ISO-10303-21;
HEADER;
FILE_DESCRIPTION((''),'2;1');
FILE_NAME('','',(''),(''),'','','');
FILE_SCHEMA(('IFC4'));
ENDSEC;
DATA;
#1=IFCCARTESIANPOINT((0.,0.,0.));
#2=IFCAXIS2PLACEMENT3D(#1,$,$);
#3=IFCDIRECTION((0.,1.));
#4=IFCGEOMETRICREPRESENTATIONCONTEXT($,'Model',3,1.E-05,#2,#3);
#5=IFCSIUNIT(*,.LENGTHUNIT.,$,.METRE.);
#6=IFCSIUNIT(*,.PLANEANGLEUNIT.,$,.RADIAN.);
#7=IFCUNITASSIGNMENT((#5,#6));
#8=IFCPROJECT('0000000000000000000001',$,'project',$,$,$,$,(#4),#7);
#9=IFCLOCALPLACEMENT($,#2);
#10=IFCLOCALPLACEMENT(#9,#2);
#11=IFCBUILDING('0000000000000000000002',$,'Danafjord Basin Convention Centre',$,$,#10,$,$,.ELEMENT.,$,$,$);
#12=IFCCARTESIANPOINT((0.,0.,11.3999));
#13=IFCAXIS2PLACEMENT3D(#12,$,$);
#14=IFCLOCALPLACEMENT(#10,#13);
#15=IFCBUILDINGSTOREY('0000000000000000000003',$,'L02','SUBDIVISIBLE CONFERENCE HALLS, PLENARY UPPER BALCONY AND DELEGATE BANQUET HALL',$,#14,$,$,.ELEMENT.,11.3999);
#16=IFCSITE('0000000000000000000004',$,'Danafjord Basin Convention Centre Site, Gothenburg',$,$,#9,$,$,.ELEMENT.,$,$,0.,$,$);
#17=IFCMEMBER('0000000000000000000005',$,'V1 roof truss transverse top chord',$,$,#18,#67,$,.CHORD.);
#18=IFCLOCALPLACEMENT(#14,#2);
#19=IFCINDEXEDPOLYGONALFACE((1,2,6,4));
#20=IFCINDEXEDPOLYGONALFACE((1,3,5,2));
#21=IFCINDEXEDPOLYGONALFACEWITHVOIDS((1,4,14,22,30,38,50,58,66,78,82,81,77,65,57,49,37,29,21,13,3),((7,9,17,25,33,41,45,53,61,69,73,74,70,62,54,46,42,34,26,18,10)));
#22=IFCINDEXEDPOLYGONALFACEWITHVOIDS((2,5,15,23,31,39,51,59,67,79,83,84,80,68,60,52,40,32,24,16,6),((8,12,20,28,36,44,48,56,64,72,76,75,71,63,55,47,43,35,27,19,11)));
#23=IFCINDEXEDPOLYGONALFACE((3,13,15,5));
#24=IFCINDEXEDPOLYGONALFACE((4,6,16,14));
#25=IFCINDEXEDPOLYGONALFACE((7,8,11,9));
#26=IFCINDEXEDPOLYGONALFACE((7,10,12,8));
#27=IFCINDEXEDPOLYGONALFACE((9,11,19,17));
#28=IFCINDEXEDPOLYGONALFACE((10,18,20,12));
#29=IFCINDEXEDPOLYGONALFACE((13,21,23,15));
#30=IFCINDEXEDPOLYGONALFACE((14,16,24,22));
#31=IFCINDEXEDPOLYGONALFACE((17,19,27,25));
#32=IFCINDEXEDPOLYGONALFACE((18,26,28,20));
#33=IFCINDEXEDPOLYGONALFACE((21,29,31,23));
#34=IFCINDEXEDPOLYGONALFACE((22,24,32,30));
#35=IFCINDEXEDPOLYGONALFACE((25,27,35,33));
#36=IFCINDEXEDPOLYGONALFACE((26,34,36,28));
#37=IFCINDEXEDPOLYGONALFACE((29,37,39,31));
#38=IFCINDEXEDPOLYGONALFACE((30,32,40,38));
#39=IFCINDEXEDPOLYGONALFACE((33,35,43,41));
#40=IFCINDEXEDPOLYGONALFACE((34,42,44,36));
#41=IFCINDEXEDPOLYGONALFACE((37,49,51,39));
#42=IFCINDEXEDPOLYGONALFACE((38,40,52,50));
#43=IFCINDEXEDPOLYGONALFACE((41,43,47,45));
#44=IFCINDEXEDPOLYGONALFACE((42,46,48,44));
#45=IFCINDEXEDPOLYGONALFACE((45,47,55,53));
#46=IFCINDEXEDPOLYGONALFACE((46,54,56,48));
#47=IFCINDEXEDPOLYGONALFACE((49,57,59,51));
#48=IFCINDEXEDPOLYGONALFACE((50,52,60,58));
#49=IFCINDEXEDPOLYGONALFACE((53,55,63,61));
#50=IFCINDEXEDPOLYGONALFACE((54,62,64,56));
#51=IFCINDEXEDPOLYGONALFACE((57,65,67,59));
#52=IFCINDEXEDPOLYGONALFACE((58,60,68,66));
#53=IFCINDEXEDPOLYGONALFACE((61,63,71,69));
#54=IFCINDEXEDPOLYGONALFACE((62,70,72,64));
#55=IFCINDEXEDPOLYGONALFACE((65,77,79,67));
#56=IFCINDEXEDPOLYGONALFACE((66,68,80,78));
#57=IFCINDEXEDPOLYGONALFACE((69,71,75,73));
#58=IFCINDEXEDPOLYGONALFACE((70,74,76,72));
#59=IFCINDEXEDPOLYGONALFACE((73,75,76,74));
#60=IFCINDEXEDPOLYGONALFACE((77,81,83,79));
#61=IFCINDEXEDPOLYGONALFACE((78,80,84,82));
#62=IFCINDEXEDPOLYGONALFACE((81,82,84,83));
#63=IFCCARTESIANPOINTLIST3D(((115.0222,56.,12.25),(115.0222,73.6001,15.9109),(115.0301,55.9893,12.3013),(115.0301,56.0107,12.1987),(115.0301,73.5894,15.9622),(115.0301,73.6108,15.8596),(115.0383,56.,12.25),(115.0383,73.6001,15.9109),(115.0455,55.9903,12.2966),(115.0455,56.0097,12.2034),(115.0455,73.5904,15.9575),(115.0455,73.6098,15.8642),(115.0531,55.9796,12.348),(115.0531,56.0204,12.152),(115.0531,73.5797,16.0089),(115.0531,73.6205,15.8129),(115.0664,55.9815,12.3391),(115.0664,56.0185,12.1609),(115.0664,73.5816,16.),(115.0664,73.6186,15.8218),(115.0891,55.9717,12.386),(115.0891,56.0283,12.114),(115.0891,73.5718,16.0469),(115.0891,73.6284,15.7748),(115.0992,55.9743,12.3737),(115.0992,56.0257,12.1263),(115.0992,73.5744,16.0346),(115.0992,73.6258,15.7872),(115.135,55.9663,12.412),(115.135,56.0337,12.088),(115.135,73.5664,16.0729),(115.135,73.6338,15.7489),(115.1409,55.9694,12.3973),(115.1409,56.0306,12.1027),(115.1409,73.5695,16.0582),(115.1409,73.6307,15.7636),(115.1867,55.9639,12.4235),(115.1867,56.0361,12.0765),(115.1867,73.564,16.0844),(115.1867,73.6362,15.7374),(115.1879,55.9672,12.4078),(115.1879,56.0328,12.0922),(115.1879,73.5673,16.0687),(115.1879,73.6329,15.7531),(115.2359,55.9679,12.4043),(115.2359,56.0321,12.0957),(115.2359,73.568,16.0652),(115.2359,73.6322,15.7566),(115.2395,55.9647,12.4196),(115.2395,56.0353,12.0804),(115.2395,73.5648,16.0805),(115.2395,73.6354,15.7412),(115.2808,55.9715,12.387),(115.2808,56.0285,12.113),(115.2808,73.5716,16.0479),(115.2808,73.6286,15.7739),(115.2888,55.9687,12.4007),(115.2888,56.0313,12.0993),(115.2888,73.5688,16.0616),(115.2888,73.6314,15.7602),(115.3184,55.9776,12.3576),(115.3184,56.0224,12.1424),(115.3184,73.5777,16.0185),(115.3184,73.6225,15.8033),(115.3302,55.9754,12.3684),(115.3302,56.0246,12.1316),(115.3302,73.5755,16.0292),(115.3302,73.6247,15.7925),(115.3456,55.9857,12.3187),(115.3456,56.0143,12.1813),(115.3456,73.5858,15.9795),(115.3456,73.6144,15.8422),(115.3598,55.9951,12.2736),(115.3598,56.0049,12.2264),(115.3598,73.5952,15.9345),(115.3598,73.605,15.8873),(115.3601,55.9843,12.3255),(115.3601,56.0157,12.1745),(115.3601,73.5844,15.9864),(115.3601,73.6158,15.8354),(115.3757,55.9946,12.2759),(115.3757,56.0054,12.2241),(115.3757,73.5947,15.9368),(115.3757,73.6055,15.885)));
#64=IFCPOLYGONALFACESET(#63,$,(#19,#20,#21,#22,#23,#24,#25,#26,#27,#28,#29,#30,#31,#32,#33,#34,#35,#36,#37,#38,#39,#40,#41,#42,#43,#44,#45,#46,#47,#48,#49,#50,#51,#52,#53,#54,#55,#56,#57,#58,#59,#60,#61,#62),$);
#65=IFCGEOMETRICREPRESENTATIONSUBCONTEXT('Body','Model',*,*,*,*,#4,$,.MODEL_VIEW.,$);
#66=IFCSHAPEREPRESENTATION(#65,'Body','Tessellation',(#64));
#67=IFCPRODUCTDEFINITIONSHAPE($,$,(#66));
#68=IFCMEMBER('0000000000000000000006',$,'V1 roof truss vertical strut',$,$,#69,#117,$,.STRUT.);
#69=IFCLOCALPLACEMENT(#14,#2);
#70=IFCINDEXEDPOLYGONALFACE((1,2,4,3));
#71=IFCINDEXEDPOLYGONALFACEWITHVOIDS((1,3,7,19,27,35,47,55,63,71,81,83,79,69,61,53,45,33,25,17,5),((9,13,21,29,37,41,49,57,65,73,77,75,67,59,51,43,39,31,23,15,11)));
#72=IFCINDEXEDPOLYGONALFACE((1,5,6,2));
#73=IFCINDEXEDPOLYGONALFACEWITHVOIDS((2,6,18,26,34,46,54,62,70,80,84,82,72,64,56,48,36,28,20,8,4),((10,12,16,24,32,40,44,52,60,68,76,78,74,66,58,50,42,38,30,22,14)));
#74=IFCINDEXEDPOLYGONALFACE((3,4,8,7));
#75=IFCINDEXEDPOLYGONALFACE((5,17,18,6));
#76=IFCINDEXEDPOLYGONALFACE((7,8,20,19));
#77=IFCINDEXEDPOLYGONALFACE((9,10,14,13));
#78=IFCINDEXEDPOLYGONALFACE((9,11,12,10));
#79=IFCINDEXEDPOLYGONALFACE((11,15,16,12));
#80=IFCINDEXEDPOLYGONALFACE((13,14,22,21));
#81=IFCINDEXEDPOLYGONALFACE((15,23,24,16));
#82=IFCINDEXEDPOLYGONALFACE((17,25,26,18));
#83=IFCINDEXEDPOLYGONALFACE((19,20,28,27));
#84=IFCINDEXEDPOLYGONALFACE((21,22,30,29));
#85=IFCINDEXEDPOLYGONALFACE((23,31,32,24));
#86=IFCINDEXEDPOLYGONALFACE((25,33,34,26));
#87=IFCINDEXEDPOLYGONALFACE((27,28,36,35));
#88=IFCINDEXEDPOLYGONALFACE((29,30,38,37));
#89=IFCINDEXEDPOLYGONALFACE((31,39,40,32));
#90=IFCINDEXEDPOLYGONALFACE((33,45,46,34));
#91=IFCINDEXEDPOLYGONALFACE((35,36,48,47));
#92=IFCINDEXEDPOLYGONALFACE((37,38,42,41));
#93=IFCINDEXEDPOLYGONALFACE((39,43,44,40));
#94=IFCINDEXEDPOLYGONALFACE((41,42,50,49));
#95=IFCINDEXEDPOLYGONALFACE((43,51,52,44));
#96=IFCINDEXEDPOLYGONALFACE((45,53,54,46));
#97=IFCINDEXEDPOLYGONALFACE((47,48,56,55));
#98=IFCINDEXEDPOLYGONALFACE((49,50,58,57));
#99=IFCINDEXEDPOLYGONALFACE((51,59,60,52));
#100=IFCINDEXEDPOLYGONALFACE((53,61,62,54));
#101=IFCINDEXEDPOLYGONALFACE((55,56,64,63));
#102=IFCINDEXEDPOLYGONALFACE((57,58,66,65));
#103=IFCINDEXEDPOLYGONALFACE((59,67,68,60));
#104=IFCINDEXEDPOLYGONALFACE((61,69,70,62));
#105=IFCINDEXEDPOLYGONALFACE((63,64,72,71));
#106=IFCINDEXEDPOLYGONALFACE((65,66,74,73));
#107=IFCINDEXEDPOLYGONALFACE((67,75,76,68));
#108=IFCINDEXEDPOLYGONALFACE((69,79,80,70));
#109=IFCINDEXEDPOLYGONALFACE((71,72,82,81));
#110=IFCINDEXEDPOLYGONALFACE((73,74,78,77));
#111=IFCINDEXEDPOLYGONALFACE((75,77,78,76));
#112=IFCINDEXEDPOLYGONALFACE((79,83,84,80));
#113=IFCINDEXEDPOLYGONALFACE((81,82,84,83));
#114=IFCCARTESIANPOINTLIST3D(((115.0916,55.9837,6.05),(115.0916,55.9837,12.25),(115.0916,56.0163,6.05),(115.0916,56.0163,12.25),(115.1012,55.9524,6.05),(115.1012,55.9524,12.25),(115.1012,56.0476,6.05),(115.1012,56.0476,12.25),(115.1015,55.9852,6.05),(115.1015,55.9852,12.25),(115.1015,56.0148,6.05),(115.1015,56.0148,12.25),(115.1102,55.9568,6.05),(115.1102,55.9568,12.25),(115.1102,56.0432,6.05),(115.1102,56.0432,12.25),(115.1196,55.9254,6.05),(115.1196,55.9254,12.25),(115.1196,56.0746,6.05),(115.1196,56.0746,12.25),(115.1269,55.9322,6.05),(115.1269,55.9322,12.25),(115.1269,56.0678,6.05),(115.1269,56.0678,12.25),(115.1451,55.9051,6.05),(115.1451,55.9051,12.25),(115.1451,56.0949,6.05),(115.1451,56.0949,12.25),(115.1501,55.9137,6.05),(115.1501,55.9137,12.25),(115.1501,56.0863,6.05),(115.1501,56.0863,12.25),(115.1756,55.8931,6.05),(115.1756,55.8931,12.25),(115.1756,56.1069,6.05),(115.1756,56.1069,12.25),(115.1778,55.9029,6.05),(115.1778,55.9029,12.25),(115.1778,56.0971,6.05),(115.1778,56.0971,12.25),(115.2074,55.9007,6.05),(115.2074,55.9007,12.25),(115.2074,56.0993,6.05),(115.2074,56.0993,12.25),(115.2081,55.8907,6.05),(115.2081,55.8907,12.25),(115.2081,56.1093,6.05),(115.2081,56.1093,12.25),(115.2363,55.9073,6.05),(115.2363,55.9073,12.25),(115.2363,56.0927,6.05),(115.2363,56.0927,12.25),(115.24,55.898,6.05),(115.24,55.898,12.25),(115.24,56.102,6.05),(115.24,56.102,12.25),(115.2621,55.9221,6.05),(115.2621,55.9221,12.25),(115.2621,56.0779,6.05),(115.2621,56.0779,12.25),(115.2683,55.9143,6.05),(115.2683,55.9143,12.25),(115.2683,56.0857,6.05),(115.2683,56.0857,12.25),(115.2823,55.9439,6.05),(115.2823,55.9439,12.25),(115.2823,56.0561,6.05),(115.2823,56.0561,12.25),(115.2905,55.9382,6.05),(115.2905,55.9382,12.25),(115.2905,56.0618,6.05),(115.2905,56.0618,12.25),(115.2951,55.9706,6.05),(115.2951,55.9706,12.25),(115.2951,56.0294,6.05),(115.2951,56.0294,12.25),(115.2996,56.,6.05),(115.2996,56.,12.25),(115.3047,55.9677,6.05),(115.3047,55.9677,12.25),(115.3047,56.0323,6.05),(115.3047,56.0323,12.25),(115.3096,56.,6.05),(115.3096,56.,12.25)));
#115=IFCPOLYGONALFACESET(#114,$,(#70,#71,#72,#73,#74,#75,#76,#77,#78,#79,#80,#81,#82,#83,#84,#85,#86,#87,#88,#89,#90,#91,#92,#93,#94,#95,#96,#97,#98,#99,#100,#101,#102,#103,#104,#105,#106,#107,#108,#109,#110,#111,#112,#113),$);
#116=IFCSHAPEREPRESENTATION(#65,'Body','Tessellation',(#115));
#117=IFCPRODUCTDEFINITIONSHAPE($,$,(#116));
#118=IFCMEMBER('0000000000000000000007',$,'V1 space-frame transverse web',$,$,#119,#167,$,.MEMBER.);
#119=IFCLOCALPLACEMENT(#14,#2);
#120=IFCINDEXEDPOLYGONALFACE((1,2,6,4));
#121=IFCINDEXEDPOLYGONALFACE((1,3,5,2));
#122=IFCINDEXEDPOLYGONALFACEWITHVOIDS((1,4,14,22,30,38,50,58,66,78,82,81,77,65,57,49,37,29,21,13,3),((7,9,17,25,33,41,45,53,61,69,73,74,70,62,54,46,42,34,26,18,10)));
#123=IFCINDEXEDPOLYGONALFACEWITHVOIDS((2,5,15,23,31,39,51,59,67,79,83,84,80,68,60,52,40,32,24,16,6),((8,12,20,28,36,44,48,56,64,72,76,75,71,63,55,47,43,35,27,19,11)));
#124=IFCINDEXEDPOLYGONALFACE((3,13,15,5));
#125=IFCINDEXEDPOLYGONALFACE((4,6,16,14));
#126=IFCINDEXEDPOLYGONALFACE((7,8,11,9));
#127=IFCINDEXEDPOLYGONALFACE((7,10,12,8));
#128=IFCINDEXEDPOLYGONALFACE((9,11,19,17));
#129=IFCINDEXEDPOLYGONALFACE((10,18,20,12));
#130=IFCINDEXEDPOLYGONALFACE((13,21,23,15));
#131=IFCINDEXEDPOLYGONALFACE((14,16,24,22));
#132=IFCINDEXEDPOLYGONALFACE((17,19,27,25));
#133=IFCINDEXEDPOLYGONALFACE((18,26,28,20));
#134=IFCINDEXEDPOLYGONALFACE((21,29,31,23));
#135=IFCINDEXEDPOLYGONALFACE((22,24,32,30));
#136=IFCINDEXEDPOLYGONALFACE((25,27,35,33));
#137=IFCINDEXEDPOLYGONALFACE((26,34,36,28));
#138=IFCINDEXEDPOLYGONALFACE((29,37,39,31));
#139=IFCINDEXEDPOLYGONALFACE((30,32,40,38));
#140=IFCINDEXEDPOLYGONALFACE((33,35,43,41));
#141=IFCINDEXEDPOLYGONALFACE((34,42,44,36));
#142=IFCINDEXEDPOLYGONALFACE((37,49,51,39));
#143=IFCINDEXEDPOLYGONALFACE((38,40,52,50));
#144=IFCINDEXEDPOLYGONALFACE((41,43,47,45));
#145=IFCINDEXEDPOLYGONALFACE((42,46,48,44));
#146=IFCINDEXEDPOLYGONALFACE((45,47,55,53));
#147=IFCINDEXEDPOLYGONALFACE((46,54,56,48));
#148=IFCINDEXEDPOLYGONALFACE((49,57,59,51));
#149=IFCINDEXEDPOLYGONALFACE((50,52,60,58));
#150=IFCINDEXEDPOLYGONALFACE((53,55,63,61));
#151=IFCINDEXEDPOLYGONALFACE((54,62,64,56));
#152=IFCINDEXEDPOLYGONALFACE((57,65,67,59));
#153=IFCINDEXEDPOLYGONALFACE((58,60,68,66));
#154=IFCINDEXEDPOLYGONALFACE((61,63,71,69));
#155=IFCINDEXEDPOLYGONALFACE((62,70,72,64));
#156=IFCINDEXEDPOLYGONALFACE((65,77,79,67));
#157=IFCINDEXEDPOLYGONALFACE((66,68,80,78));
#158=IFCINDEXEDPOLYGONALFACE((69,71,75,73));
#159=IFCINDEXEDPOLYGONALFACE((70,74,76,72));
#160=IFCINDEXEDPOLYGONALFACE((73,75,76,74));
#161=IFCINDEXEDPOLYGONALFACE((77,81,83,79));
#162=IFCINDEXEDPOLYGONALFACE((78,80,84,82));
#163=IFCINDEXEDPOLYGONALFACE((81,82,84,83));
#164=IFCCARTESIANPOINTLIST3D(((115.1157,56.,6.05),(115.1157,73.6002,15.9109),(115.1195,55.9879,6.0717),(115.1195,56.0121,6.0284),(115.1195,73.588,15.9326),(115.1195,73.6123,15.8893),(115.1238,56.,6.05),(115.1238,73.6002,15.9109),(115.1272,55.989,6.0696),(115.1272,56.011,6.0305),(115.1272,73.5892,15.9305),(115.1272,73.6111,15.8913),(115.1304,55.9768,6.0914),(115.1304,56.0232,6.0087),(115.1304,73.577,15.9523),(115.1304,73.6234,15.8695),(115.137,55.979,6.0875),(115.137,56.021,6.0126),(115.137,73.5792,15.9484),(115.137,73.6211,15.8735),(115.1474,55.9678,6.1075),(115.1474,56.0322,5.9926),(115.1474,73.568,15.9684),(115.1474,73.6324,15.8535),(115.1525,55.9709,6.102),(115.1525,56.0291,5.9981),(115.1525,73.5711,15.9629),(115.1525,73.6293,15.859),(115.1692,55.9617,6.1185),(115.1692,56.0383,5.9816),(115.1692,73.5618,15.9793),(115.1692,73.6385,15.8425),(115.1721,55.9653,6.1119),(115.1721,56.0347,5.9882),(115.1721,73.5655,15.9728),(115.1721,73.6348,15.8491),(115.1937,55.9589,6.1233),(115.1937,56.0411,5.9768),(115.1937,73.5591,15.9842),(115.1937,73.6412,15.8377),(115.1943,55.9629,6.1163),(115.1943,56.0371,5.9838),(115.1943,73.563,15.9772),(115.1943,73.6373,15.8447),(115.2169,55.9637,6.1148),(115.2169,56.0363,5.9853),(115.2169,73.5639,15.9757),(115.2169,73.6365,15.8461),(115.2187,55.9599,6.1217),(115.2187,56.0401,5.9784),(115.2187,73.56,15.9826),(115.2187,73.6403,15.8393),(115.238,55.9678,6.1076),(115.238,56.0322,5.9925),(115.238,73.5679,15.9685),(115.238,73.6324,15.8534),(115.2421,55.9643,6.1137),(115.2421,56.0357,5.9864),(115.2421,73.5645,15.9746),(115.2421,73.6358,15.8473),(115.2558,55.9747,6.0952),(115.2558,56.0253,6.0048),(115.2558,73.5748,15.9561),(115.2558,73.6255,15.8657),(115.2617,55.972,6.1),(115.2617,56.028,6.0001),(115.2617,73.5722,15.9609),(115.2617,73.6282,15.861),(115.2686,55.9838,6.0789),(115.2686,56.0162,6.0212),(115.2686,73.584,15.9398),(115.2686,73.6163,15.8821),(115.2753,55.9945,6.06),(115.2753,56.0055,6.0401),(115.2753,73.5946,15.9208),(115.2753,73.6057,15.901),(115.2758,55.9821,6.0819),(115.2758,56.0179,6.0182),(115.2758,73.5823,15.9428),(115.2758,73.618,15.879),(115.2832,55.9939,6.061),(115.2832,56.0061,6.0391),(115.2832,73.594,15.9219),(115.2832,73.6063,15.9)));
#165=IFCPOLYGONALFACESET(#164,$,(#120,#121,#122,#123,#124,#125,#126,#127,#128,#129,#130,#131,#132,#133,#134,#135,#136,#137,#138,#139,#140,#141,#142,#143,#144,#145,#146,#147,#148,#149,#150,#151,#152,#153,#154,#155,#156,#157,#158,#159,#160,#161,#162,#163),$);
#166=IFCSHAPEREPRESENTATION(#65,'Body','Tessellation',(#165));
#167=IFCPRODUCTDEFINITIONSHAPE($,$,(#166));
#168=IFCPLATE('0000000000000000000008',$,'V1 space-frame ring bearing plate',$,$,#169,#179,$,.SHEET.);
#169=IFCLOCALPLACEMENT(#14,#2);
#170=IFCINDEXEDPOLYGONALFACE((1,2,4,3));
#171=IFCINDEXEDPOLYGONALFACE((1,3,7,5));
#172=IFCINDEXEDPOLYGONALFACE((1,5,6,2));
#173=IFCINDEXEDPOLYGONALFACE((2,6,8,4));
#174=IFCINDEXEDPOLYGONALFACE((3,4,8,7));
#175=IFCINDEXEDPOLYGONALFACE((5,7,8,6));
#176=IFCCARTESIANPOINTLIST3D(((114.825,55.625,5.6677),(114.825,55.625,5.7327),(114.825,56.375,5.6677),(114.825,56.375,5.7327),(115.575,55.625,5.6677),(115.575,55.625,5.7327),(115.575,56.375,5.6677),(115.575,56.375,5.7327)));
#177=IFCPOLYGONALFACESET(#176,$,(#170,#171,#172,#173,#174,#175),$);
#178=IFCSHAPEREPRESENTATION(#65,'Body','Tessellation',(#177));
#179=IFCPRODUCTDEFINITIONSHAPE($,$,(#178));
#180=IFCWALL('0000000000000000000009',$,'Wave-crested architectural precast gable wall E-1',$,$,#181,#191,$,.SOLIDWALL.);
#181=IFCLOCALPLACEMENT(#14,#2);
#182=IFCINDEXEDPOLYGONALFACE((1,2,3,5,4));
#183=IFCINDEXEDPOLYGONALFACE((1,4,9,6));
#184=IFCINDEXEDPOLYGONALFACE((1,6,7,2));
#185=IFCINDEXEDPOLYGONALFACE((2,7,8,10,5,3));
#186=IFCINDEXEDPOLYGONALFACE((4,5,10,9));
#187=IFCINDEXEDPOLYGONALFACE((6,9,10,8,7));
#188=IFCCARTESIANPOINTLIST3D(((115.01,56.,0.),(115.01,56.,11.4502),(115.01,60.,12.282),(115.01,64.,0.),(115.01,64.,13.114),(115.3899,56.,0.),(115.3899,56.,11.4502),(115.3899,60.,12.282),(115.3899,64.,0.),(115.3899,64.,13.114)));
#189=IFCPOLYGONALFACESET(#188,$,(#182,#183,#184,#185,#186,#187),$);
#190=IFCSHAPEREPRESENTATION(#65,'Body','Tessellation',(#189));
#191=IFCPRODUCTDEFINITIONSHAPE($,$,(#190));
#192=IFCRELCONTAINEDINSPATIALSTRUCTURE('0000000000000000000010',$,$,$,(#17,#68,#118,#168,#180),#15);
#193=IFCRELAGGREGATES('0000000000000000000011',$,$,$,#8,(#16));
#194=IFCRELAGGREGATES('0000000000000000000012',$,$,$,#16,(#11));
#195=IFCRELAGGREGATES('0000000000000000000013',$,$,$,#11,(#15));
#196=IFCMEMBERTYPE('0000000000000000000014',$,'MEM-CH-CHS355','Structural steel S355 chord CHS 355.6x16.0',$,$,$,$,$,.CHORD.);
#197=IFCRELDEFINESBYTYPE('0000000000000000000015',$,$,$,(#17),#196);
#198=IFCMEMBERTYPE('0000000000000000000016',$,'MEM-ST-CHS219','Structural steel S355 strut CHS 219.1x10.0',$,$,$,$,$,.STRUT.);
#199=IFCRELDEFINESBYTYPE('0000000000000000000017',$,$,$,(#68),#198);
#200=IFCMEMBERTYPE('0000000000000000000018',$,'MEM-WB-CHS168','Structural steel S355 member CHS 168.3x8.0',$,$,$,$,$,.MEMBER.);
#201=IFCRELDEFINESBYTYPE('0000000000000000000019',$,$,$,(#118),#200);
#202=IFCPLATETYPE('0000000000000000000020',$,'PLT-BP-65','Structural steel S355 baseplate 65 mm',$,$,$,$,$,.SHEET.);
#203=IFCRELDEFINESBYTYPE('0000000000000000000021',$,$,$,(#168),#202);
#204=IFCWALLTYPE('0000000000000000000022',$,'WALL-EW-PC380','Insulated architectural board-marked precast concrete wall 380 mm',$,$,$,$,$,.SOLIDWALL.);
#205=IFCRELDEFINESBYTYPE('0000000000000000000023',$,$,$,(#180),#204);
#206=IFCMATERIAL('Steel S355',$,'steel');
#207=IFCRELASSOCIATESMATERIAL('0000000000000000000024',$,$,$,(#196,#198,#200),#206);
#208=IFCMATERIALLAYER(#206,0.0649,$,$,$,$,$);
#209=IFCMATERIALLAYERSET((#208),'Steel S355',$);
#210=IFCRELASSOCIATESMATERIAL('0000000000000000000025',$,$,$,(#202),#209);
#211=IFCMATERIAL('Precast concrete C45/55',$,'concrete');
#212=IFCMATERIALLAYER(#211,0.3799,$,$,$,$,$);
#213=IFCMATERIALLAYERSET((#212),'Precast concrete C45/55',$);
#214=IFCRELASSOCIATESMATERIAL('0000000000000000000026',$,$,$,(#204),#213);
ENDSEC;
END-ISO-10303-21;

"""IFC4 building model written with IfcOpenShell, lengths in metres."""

from ifc_helpers import new_model, si_unit, direction, frame, origin, origin_2d, place, context, subcontext, project, spatial, polyline, rectangle, hollow_circle, outline, extrude, material, layer, layer_set, material_profile, profile_set, type_object, element, save


model = new_model("IFC4")

# Units and contexts
model_context = context("Model", 3, precision=1e-05, world=origin(), true_north=direction((0.0, 1.0)))
body_context = subcontext(model_context, "Body", "Model", "MODEL_VIEW")
ifc_project = project(units=[si_unit("LENGTHUNIT", "METRE"), si_unit("PLANEANGLEUNIT", "RADIAN")], contexts=[model_context])

# Site, building, storey
site_placement = place(None, origin())
site = spatial("IfcSite", under=ifc_project, at=site_placement, Name="Danafjord Basin Convention Centre Site, Gothenburg", CompositionType="ELEMENT", RefElevation=0.0)
building_placement = place(site_placement, origin())
building = spatial("IfcBuilding", under=site, at=building_placement, Name="Danafjord Basin Convention Centre", CompositionType="ELEMENT")
storey_placement = place(building_placement, frame((0.0, 0.0, 11.3999)))
storey = spatial("IfcBuildingStorey", under=building, at=storey_placement, Name="L02", Description="SUBDIVISIBLE CONFERENCE HALLS, PLENARY UPPER BALCONY AND DELEGATE BANQUET HALL", CompositionType="ELEMENT", Elevation=11.3999)

# Shared definitions
ifc_material_1 = material(Name="Steel S355", Category="steel")

# Members
ifc_material_profile_1 = material_profile(ifc_material_1, hollow_circle(Radius=0.1777, WallThickness=0.0161, at=origin_2d()), Name="CHS 355.6x16.0")
ifc_profile_set_1 = profile_set([ifc_material_profile_1], Name="Steel S355")
member_type_1 = type_object("IfcMemberType", Name="MEM-CH-CHS355", Description="Structural steel S355 chord CHS 355.6x16.0", PredefinedType="CHORD", material=ifc_profile_set_1)
member_1_placement = place(storey_placement, frame((115.2, 56.0, 12.25), z_axis=(0.0, 0.979045, 0.203645), x_axis=(-1.0, 0.0, 0.0)))
element("IfcMember", 1, at=member_1_placement, inside=storey, type_object=member_type_1, Name="V1 roof truss transverse top chord", PredefinedType="CHORD", context=body_context, shape_type="SweptSolid", body=[
    extrude(hollow_circle(Radius=0.1777, WallThickness=0.0161, at=origin_2d()), origin(), (0.0, 0.0, 1.0), 17.9768),
])
ifc_material_profile_2 = material_profile(ifc_material_1, hollow_circle(Radius=0.1096, WallThickness=0.01, at=origin_2d()), Name="CHS 219.1x10.0")
ifc_profile_set_2 = profile_set([ifc_material_profile_2], Name="Steel S355")
member_type_2 = type_object("IfcMemberType", Name="MEM-ST-CHS219", Description="Structural steel S355 strut CHS 219.1x10.0", PredefinedType="STRUT", material=ifc_profile_set_2)
member_2_placement = place(storey_placement, frame((115.2, 56.0, 6.05), z_axis=(0.0, 0.0, 1.0), x_axis=(1.0, 0.0, 0.0)))
element("IfcMember", 2, at=member_2_placement, inside=storey, type_object=member_type_2, Name="V1 roof truss vertical strut", PredefinedType="STRUT", context=body_context, shape_type="SweptSolid", body=[
    extrude(hollow_circle(Radius=0.1096, WallThickness=0.01, at=origin_2d()), origin(), (0.0, 0.0, 1.0), 6.2),
])
ifc_material_profile_3 = material_profile(ifc_material_1, hollow_circle(Radius=0.0842, WallThickness=0.0081, at=origin_2d()), Name="CHS 168.3x8.0")
ifc_profile_set_3 = profile_set([ifc_material_profile_3], Name="Steel S355")
member_type_3 = type_object("IfcMemberType", Name="MEM-WB-CHS168", Description="Structural steel S355 member CHS 168.3x8.0", PredefinedType="MEMBER", material=ifc_profile_set_3)
member_3_placement = place(storey_placement, frame((115.2, 56.0, 6.05), z_axis=(0.0, 0.872405, 0.488784), x_axis=(-1.0, 0.0, 0.0)))
element("IfcMember", 3, at=member_3_placement, inside=storey, type_object=member_type_3, Name="V1 space-frame transverse web", PredefinedType="MEMBER", context=body_context, shape_type="SweptSolid", body=[
    extrude(hollow_circle(Radius=0.0842, WallThickness=0.0081, at=origin_2d()), origin(), (0.0, 0.0, 1.0), 20.1743),
])

# Plate
ifc_layer_1 = layer(ifc_material_1, 0.0649)
ifc_layer_set_1 = layer_set([ifc_layer_1], Name="Steel S355")
plate_type = type_object("IfcPlateType", Name="PLT-BP-65", Description="Structural steel S355 baseplate 65 mm", PredefinedType="SHEET", material=ifc_layer_set_1)
plate_placement = place(storey_placement, frame((115.2, 56.0, 5.6677), z_axis=(0.0, 0.0, 1.0), x_axis=(1.0, 0.0, 0.0)))
element("IfcPlate", 4, at=plate_placement, inside=storey, type_object=plate_type, Name="V1 space-frame ring bearing plate", PredefinedType="SHEET", context=body_context, shape_type="SweptSolid", body=[
    extrude(rectangle(XDim=0.75, YDim=0.75, at=origin_2d()), origin(), (0.0, 0.0, 1.0), 0.0649),
])

# Wall
ifc_material_2 = material(Name="Precast concrete C45/55", Category="concrete")
ifc_layer_2 = layer(ifc_material_2, 0.3799)
ifc_layer_set_2 = layer_set([ifc_layer_2], Name="Precast concrete C45/55")
wall_type = type_object("IfcWallType", Name="WALL-EW-PC380", Description="Insulated architectural board-marked precast concrete wall 380 mm", PredefinedType="SOLIDWALL", material=ifc_layer_set_2)
wall_placement = place(storey_placement, frame((115.2, 56.0, 0.0), z_axis=(0.0, 0.0, 1.0), x_axis=(0.0, 1.0, 0.0)))
element("IfcWall", 5, at=wall_placement, inside=storey, type_object=wall_type, Name="Wave-crested architectural precast gable wall E-1", PredefinedType="SOLIDWALL", context=body_context, shape_type="SweptSolid", body=[
    extrude(outline(polyline([(0.0, 0.0), (8.0, 0.0), (8.0, 13.114), (4.0, 12.282), (0.0, 11.4502), (0.0, 0.0)])), frame((0.0, 0.1899, 0.0), z_axis=(0.0, -1.0, 0.0), x_axis=(1.0, 0.0, 0.0)), (0.0, 0.0, 1.0), 0.3799),
])

save(model, "model.ifc")
